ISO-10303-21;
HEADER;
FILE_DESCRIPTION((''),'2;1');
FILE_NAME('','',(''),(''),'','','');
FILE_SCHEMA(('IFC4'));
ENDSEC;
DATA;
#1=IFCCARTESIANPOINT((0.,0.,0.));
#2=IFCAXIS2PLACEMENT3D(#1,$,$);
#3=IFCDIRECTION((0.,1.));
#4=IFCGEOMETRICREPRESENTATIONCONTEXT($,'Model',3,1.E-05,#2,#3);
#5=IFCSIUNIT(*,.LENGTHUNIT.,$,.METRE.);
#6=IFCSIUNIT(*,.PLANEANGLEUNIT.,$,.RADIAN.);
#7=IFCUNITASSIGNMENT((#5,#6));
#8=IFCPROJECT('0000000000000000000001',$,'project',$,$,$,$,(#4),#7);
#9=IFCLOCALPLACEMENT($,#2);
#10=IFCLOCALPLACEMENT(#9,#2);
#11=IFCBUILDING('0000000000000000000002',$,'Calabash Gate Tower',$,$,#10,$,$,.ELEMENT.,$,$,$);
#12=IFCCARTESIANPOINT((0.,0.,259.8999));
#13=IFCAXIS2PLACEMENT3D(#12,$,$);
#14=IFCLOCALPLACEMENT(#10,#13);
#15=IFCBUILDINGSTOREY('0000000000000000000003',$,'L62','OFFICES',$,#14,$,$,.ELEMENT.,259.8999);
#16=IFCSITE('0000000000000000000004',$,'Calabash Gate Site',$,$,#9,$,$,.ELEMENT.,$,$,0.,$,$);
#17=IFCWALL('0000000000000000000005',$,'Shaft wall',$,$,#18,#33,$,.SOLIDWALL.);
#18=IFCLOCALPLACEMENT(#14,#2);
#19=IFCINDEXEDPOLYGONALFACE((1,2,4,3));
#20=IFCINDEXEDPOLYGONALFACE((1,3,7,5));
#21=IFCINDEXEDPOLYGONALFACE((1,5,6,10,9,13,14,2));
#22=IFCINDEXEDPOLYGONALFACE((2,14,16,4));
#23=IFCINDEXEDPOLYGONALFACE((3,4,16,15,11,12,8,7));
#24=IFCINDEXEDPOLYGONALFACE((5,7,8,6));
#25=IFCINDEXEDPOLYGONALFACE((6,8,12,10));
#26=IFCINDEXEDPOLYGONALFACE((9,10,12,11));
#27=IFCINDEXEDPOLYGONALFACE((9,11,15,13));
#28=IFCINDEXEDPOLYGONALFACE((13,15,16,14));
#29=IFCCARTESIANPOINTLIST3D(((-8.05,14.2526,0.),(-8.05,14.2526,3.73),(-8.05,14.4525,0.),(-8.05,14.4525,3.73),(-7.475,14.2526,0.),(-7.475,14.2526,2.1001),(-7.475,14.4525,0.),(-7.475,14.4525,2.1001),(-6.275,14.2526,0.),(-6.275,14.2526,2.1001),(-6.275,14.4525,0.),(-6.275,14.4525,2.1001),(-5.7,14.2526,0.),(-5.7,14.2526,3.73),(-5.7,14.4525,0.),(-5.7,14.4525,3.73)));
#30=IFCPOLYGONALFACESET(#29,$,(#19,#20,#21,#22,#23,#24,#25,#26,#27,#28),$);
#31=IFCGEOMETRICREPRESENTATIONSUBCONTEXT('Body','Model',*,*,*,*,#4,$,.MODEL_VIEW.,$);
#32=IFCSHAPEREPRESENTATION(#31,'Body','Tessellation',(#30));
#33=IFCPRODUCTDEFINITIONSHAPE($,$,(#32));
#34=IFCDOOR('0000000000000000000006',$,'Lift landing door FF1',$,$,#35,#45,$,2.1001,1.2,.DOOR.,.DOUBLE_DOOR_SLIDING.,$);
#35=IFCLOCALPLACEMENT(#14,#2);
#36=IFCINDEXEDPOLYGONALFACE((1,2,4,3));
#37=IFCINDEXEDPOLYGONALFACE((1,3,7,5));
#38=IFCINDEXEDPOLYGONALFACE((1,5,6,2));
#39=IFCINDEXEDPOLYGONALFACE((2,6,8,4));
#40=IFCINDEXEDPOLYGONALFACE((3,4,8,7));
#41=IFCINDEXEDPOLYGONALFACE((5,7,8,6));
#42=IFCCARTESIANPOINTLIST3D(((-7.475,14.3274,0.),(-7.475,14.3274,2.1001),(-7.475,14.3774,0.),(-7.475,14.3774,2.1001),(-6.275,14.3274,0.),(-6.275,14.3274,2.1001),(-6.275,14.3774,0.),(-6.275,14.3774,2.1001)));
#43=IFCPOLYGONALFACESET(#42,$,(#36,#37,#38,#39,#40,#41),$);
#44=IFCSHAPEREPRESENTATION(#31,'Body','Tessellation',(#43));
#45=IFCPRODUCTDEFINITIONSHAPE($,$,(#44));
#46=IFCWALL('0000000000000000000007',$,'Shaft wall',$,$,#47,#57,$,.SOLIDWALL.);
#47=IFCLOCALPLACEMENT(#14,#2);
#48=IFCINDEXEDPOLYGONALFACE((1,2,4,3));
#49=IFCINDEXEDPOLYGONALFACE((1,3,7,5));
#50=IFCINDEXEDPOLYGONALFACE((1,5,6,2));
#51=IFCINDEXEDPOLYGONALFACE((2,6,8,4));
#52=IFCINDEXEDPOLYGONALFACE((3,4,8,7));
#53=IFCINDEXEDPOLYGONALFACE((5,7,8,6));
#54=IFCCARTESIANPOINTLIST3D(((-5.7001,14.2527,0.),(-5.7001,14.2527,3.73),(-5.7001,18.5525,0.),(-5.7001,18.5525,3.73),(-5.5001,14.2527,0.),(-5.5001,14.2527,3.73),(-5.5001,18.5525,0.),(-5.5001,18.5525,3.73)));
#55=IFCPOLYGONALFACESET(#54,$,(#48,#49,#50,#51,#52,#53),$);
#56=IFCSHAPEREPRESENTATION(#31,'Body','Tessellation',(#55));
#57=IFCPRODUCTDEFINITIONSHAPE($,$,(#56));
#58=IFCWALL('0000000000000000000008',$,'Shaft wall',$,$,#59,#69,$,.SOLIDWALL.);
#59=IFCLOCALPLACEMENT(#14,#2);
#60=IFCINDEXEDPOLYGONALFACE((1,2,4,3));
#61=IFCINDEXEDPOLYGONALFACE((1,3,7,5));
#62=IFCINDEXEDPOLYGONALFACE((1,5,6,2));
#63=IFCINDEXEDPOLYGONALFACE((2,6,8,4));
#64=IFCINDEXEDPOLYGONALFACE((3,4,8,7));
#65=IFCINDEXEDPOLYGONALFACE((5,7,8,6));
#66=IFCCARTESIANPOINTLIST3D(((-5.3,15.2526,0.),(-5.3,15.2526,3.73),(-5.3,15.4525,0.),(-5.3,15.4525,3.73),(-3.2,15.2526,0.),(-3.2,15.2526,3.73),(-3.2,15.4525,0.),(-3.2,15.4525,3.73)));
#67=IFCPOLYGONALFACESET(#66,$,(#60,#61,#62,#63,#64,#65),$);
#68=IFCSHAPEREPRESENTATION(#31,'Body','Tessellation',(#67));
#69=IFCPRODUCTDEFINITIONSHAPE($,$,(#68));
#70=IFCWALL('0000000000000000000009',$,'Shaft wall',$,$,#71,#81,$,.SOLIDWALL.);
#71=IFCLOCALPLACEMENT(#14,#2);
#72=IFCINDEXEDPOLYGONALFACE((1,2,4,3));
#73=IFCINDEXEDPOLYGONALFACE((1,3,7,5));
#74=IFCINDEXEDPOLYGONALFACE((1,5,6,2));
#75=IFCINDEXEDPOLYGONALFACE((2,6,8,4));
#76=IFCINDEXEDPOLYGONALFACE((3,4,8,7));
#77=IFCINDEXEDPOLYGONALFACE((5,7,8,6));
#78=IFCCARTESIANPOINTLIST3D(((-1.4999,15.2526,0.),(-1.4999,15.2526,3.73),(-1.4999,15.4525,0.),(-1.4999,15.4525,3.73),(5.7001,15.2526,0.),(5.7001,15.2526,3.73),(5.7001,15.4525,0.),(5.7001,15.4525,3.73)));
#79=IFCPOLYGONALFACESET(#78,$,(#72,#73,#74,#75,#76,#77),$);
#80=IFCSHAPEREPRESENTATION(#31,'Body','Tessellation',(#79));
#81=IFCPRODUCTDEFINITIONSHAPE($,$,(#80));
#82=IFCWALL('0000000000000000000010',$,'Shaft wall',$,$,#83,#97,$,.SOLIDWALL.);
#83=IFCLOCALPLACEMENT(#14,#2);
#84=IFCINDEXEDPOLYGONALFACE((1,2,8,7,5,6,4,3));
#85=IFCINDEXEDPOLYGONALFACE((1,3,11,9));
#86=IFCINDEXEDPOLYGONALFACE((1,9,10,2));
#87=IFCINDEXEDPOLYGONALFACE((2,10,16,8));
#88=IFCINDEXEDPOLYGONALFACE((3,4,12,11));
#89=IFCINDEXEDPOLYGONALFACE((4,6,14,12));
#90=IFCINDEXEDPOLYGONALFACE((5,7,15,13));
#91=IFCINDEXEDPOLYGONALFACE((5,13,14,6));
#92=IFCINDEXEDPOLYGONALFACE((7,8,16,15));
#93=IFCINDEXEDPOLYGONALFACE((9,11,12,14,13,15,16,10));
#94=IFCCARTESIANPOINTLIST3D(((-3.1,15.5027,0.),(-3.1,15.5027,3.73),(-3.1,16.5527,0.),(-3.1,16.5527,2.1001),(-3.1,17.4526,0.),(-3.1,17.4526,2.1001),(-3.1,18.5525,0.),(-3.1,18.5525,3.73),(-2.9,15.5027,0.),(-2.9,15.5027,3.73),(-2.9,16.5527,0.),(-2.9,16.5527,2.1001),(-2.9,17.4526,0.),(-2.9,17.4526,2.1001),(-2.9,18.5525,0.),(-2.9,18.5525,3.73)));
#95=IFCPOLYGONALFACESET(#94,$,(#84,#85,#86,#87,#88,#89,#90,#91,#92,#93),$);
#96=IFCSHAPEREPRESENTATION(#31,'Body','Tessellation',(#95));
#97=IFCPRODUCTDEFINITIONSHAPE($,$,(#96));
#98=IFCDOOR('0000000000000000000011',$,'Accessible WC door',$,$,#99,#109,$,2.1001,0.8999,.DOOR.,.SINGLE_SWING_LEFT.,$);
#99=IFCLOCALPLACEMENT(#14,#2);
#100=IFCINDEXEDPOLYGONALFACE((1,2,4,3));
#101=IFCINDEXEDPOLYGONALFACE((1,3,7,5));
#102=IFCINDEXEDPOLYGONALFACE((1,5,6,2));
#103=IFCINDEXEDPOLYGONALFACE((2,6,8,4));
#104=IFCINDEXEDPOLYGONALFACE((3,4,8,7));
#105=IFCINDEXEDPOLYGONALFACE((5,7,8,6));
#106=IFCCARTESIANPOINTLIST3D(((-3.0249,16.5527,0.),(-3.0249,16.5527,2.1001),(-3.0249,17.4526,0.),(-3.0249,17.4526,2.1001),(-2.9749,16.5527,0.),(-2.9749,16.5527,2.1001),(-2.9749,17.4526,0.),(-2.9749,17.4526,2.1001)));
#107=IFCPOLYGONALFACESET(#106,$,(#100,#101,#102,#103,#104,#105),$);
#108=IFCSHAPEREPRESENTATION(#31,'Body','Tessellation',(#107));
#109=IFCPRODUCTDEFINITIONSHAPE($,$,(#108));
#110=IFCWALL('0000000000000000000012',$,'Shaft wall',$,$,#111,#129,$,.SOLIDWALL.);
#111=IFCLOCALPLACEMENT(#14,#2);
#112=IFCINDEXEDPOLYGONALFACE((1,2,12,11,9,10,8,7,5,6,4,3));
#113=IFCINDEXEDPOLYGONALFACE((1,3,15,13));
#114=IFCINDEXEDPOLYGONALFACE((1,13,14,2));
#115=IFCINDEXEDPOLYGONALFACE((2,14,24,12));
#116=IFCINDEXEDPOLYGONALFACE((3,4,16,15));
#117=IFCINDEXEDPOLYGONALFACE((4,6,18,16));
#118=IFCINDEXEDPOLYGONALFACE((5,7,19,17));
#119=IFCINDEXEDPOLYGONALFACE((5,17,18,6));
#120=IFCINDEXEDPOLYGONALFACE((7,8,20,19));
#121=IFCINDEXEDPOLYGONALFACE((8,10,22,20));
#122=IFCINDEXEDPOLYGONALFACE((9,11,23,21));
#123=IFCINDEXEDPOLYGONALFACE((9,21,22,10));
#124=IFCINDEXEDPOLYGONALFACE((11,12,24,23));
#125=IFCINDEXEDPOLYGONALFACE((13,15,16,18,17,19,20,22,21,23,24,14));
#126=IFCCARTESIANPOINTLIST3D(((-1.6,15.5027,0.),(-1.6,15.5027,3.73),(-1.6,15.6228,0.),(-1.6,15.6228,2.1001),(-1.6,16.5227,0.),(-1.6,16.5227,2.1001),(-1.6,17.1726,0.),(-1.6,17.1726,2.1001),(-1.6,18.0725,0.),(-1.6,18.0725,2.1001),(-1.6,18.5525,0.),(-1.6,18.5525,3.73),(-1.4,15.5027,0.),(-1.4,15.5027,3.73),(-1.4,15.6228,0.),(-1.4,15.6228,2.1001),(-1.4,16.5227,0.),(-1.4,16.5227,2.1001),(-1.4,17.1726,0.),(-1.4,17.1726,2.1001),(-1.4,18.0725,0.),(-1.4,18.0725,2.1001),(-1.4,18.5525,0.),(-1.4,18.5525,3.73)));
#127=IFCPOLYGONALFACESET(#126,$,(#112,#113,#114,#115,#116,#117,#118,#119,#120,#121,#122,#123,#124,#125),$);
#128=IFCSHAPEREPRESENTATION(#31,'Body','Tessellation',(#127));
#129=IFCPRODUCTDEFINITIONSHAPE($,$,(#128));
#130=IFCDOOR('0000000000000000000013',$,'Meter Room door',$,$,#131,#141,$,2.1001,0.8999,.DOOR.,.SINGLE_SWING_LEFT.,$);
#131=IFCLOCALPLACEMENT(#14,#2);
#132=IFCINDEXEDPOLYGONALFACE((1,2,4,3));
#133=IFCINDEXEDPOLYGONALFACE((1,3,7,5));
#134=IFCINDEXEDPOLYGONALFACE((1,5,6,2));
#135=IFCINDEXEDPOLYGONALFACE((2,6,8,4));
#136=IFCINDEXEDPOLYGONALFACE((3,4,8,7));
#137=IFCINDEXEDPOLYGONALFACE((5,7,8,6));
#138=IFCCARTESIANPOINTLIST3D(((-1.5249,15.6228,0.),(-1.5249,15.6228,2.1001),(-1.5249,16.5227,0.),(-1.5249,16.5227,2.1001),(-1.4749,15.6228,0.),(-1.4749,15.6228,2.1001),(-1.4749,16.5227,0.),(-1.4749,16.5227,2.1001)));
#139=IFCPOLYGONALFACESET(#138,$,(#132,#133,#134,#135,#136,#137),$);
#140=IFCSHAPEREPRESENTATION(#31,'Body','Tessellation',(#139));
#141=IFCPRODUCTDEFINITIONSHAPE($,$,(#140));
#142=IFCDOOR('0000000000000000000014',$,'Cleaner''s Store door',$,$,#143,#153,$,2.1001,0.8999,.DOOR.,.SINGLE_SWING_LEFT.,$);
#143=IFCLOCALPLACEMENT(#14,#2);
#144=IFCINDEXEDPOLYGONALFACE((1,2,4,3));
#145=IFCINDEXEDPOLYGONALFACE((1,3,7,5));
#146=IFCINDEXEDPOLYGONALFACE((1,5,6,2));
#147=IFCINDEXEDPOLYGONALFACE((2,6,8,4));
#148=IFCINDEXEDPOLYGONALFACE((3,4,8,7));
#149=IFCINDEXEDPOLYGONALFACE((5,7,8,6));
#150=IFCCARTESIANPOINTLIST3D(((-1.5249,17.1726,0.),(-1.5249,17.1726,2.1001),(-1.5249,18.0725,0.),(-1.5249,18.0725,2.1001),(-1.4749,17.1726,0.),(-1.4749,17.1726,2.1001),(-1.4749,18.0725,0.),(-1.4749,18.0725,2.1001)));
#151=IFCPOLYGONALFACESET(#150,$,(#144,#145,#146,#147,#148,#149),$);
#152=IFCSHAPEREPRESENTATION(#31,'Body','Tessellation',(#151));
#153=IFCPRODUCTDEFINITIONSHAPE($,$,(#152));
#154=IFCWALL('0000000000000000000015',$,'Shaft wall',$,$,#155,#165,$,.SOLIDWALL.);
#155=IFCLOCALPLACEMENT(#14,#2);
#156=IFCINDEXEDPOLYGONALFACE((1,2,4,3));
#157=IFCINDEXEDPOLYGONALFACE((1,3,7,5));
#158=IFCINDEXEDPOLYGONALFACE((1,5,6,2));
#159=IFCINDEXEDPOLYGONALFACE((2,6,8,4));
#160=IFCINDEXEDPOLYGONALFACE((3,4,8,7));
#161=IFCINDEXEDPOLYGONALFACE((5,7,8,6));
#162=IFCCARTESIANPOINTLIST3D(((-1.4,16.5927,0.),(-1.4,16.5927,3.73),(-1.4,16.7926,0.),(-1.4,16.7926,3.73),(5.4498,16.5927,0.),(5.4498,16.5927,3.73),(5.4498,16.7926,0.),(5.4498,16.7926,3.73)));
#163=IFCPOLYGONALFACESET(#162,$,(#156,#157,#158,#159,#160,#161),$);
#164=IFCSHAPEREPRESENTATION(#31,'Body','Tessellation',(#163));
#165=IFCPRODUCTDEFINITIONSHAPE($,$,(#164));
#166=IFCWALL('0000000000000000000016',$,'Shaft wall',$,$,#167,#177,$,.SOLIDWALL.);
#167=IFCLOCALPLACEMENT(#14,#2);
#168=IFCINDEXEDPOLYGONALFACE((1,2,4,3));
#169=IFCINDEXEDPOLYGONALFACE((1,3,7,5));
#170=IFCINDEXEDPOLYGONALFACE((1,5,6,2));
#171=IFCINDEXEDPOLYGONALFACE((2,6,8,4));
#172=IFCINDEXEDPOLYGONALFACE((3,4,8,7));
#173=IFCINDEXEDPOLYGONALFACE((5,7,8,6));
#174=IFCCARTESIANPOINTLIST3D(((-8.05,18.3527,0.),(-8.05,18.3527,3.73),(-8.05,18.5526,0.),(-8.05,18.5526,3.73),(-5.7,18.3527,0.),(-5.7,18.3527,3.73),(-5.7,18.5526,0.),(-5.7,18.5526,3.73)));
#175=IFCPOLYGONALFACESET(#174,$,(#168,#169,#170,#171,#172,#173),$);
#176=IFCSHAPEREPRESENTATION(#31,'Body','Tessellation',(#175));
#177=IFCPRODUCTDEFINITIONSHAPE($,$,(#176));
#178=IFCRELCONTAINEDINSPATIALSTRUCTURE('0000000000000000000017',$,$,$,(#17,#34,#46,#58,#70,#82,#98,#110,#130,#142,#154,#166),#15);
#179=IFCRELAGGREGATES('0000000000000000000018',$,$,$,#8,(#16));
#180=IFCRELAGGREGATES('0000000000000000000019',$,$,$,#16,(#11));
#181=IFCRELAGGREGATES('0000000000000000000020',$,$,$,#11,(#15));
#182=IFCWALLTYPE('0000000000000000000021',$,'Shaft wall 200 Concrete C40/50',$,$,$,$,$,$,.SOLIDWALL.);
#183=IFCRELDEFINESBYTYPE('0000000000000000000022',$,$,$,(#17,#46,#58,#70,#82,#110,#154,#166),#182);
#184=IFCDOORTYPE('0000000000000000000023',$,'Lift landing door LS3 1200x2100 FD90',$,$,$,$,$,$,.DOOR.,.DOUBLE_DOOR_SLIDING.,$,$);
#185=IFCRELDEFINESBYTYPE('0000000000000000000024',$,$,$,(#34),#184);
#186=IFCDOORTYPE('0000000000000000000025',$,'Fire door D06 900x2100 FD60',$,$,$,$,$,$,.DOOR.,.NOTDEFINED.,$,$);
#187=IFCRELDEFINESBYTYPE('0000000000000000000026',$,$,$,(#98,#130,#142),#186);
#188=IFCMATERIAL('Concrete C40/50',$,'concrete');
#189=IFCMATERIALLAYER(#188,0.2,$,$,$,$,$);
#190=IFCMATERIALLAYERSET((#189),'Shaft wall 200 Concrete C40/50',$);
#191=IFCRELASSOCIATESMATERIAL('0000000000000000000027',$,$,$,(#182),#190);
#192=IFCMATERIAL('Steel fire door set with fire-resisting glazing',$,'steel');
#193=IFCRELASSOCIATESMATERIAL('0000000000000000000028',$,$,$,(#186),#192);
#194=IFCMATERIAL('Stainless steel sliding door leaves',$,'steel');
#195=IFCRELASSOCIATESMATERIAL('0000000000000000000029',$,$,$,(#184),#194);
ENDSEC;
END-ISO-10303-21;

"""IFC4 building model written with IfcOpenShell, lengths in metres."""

from ifc_helpers import new_model, si_unit, direction, frame, frame_2d, origin, place, context, subcontext, project, spatial, rectangle, extrude, material, layer, layer_set, type_object, element, fill, save


model = new_model("IFC4")

# Units and contexts
model_context = context("Model", 3, precision=1e-05, world=origin(), true_north=direction((0.0, 1.0)))
body_context = subcontext(model_context, "Body", "Model", "MODEL_VIEW")
ifc_project = project(units=[si_unit("LENGTHUNIT", "METRE"), si_unit("PLANEANGLEUNIT", "RADIAN")], contexts=[model_context])

# Site, building, storey
site_placement = place(None, origin())
site = spatial("IfcSite", under=ifc_project, at=site_placement, Name="Calabash Gate Site", CompositionType="ELEMENT", RefElevation=0.0)
building_placement = place(site_placement, origin())
building = spatial("IfcBuilding", under=site, at=building_placement, Name="Calabash Gate Tower", CompositionType="ELEMENT")
storey_placement = place(building_placement, frame((0.0, 0.0, 259.8999)))
storey = spatial("IfcBuildingStorey", under=building, at=storey_placement, Name="L62", Description="OFFICES", CompositionType="ELEMENT", Elevation=259.8999)

# Shared definitions
ifc_material_1 = material(Name="Concrete C40/50", Category="concrete")
ifc_layer_1 = layer(ifc_material_1, 0.2)
ifc_layer_set_1 = layer_set([ifc_layer_1], Name="Shaft wall 200 Concrete C40/50")
wall_type_1 = type_object("IfcWallType", Name="Shaft wall 200 Concrete C40/50", PredefinedType="SOLIDWALL", material=ifc_layer_set_1)
ifc_material_2 = material(Name="Steel fire door set with fire-resisting glazing", Category="steel")
door_type_1 = type_object("IfcDoorType", Name="Fire door D06 900x2100 FD60", OperationType="NOTDEFINED", PredefinedType="DOOR", material=ifc_material_2)

# Wall, opening, door
wall_1_placement = place(storey_placement, frame((-8.05, 14.3525, 0.0), z_axis=(0.0, 0.0, 1.0), x_axis=(1.0, 0.0, 0.0)))
wall_1 = element("IfcWall", 1, at=wall_1_placement, inside=storey, type_object=wall_type_1, Name="Shaft wall", PredefinedType="SOLIDWALL", context=body_context, shape_type="SweptSolid", body=[
    extrude(rectangle(XDim=2.3501, YDim=0.2, at=frame_2d((1.175, 0.0))), origin(), (0.0, 0.0, 1.0), 3.73),
])
opening_1_placement = place(wall_1_placement, frame((0.575, 0.0, 0.0)))
opening_1 = element("IfcOpeningElement", 2, at=opening_1_placement, cuts=wall_1, PredefinedType="OPENING", context=body_context, shape_type="SweptSolid", body=[
    extrude(rectangle(XDim=1.2, YDim=2.1001, at=frame_2d((0.6001, 1.05))), frame((0.0, 0.1099, 0.0), z_axis=(0.0, -1.0, 0.0), x_axis=(1.0, 0.0, 0.0)), (0.0, 0.0, 1.0), 0.22),
])
ifc_material_3 = material(Name="Stainless steel sliding door leaves", Category="steel")
door_type_2 = type_object("IfcDoorType", Name="Lift landing door LS3 1200x2100 FD90", OperationType="DOUBLE_DOOR_SLIDING", PredefinedType="DOOR", material=ifc_material_3)
door_1_placement = place(opening_1_placement, origin())
door_1 = element("IfcDoor", 3, at=door_1_placement, inside=storey, type_object=door_type_2, Name="Lift landing door FF1", OperationType="DOUBLE_DOOR_SLIDING", OverallHeight=2.1001, OverallWidth=1.2, PredefinedType="DOOR", context=body_context, shape_type="SweptSolid", body=[
    extrude(rectangle(XDim=1.2, YDim=2.1001, at=frame_2d((0.6001, 1.05))), frame((0.0, 0.0249, 0.0), z_axis=(0.0, -1.0, 0.0), x_axis=(1.0, 0.0, 0.0)), (0.0, 0.0, 1.0), 0.05),
])
fill(opening_1, door_1)

# Walls
wall_2_placement = place(storey_placement, frame((-5.6001, 14.2527, 0.0), z_axis=(0.0, 0.0, 1.0), x_axis=(0.0, 1.0, 0.0)))
element("IfcWall", 4, at=wall_2_placement, inside=storey, type_object=wall_type_1, Name="Shaft wall", PredefinedType="SOLIDWALL", context=body_context, shape_type="SweptSolid", body=[
    extrude(rectangle(XDim=4.2998, YDim=0.2, at=frame_2d((2.1499, 0.0))), origin(), (0.0, 0.0, 1.0), 3.73),
])
wall_3_placement = place(storey_placement, frame((-5.3, 15.3525, 0.0), z_axis=(0.0, 0.0, 1.0), x_axis=(1.0, 0.0, 0.0)))
element("IfcWall", 5, at=wall_3_placement, inside=storey, type_object=wall_type_1, Name="Shaft wall", PredefinedType="SOLIDWALL", context=body_context, shape_type="SweptSolid", body=[
    extrude(rectangle(XDim=2.1001, YDim=0.2, at=frame_2d((1.05, 0.0))), origin(), (0.0, 0.0, 1.0), 3.73),
])
wall_4_placement = place(storey_placement, frame((-1.5, 15.3525, 0.0), z_axis=(0.0, 0.0, 1.0), x_axis=(1.0, 0.0, 0.0)))
element("IfcWall", 6, at=wall_4_placement, inside=storey, type_object=wall_type_1, Name="Shaft wall", PredefinedType="SOLIDWALL", context=body_context, shape_type="SweptSolid", body=[
    extrude(rectangle(XDim=7.2, YDim=0.2, at=frame_2d((3.6001, 0.0))), origin(), (0.0, 0.0, 1.0), 3.73),
])

# Wall, opening, door
wall_5_placement = place(storey_placement, frame((-3.0, 15.5027, 0.0), z_axis=(0.0, 0.0, 1.0), x_axis=(0.0, 1.0, 0.0)))
wall_5 = element("IfcWall", 7, at=wall_5_placement, inside=storey, type_object=wall_type_1, Name="Shaft wall", PredefinedType="SOLIDWALL", context=body_context, shape_type="SweptSolid", body=[
    extrude(rectangle(XDim=3.0498, YDim=0.2, at=frame_2d((1.5249, 0.0))), origin(), (0.0, 0.0, 1.0), 3.73),
])
opening_2_placement = place(wall_5_placement, frame((1.05, 0.0, 0.0)))
opening_2 = element("IfcOpeningElement", 8, at=opening_2_placement, cuts=wall_5, PredefinedType="OPENING", context=body_context, shape_type="SweptSolid", body=[
    extrude(rectangle(XDim=0.8999, YDim=2.1001, at=frame_2d((0.45, 1.05))), frame((0.0, 0.1099, 0.0), z_axis=(0.0, -1.0, 0.0), x_axis=(1.0, 0.0, 0.0)), (0.0, 0.0, 1.0), 0.22),
])
door_2_placement = place(opening_2_placement, origin())
door_2 = element("IfcDoor", 9, at=door_2_placement, inside=storey, type_object=door_type_1, Name="Accessible WC door", OperationType="SINGLE_SWING_LEFT", OverallHeight=2.1001, OverallWidth=0.8999, PredefinedType="DOOR", context=body_context, shape_type="SweptSolid", body=[
    extrude(rectangle(XDim=0.8999, YDim=2.1001, at=frame_2d((0.45, 1.05))), frame((0.0, 0.0249, 0.0), z_axis=(0.0, -1.0, 0.0), x_axis=(1.0, 0.0, 0.0)), (0.0, 0.0, 1.0), 0.05),
])
fill(opening_2, door_2)

# Wall, openings, doors
wall_6_placement = place(storey_placement, frame((-1.5, 15.5027, 0.0), z_axis=(0.0, 0.0, 1.0), x_axis=(0.0, 1.0, 0.0)))
wall_6 = element("IfcWall", 10, at=wall_6_placement, inside=storey, type_object=wall_type_1, Name="Shaft wall", PredefinedType="SOLIDWALL", context=body_context, shape_type="SweptSolid", body=[
    extrude(rectangle(XDim=3.0498, YDim=0.2, at=frame_2d((1.5249, 0.0))), origin(), (0.0, 0.0, 1.0), 3.73),
])
opening_3_placement = place(wall_6_placement, frame((0.1201, 0.0, 0.0)))
opening_3 = element("IfcOpeningElement", 11, at=opening_3_placement, cuts=wall_6, PredefinedType="OPENING", context=body_context, shape_type="SweptSolid", body=[
    extrude(rectangle(XDim=0.8999, YDim=2.1001, at=frame_2d((0.45, 1.05))), frame((0.0, 0.1099, 0.0), z_axis=(0.0, -1.0, 0.0), x_axis=(1.0, 0.0, 0.0)), (0.0, 0.0, 1.0), 0.22),
])
opening_4_placement = place(wall_6_placement, frame((1.6699, 0.0, 0.0)))
opening_4 = element("IfcOpeningElement", 12, at=opening_4_placement, cuts=wall_6, PredefinedType="OPENING", context=body_context, shape_type="SweptSolid", body=[
    extrude(rectangle(XDim=0.8999, YDim=2.1001, at=frame_2d((0.45, 1.05))), frame((0.0, 0.1099, 0.0), z_axis=(0.0, -1.0, 0.0), x_axis=(1.0, 0.0, 0.0)), (0.0, 0.0, 1.0), 0.22),
])
door_3_placement = place(opening_3_placement, origin())
door_3 = element("IfcDoor", 13, at=door_3_placement, inside=storey, type_object=door_type_1, Name="Meter Room door", OperationType="SINGLE_SWING_LEFT", OverallHeight=2.1001, OverallWidth=0.8999, PredefinedType="DOOR", context=body_context, shape_type="SweptSolid", body=[
    extrude(rectangle(XDim=0.8999, YDim=2.1001, at=frame_2d((0.45, 1.05))), frame((0.0, 0.0249, 0.0), z_axis=(0.0, -1.0, 0.0), x_axis=(1.0, 0.0, 0.0)), (0.0, 0.0, 1.0), 0.05),
])
fill(opening_3, door_3)
door_4_placement = place(opening_4_placement, origin())
door_4 = element("IfcDoor", 14, at=door_4_placement, inside=storey, type_object=door_type_1, Name="Cleaner's Store door", OperationType="SINGLE_SWING_LEFT", OverallHeight=2.1001, OverallWidth=0.8999, PredefinedType="DOOR", context=body_context, shape_type="SweptSolid", body=[
    extrude(rectangle(XDim=0.8999, YDim=2.1001, at=frame_2d((0.45, 1.05))), frame((0.0, 0.0249, 0.0), z_axis=(0.0, -1.0, 0.0), x_axis=(1.0, 0.0, 0.0)), (0.0, 0.0, 1.0), 0.05),
])
fill(opening_4, door_4)

# Walls
wall_7_placement = place(storey_placement, frame((-1.3999, 16.6926, 0.0), z_axis=(0.0, 0.0, 1.0), x_axis=(1.0, 0.0, 0.0)))
element("IfcWall", 15, at=wall_7_placement, inside=storey, type_object=wall_type_1, Name="Shaft wall", PredefinedType="SOLIDWALL", context=body_context, shape_type="SweptSolid", body=[
    extrude(rectangle(XDim=6.8499, YDim=0.2, at=frame_2d((3.4248, 0.0))), origin(), (0.0, 0.0, 1.0), 3.73),
])
wall_8_placement = place(storey_placement, frame((-8.05, 18.4526, 0.0), z_axis=(0.0, 0.0, 1.0), x_axis=(1.0, 0.0, 0.0)))
element("IfcWall", 16, at=wall_8_placement, inside=storey, type_object=wall_type_1, Name="Shaft wall", PredefinedType="SOLIDWALL", context=body_context, shape_type="SweptSolid", body=[
    extrude(rectangle(XDim=2.3501, YDim=0.2, at=frame_2d((1.175, 0.0))), origin(), (0.0, 0.0, 1.0), 3.73),
])

save(model, "model.ifc")
